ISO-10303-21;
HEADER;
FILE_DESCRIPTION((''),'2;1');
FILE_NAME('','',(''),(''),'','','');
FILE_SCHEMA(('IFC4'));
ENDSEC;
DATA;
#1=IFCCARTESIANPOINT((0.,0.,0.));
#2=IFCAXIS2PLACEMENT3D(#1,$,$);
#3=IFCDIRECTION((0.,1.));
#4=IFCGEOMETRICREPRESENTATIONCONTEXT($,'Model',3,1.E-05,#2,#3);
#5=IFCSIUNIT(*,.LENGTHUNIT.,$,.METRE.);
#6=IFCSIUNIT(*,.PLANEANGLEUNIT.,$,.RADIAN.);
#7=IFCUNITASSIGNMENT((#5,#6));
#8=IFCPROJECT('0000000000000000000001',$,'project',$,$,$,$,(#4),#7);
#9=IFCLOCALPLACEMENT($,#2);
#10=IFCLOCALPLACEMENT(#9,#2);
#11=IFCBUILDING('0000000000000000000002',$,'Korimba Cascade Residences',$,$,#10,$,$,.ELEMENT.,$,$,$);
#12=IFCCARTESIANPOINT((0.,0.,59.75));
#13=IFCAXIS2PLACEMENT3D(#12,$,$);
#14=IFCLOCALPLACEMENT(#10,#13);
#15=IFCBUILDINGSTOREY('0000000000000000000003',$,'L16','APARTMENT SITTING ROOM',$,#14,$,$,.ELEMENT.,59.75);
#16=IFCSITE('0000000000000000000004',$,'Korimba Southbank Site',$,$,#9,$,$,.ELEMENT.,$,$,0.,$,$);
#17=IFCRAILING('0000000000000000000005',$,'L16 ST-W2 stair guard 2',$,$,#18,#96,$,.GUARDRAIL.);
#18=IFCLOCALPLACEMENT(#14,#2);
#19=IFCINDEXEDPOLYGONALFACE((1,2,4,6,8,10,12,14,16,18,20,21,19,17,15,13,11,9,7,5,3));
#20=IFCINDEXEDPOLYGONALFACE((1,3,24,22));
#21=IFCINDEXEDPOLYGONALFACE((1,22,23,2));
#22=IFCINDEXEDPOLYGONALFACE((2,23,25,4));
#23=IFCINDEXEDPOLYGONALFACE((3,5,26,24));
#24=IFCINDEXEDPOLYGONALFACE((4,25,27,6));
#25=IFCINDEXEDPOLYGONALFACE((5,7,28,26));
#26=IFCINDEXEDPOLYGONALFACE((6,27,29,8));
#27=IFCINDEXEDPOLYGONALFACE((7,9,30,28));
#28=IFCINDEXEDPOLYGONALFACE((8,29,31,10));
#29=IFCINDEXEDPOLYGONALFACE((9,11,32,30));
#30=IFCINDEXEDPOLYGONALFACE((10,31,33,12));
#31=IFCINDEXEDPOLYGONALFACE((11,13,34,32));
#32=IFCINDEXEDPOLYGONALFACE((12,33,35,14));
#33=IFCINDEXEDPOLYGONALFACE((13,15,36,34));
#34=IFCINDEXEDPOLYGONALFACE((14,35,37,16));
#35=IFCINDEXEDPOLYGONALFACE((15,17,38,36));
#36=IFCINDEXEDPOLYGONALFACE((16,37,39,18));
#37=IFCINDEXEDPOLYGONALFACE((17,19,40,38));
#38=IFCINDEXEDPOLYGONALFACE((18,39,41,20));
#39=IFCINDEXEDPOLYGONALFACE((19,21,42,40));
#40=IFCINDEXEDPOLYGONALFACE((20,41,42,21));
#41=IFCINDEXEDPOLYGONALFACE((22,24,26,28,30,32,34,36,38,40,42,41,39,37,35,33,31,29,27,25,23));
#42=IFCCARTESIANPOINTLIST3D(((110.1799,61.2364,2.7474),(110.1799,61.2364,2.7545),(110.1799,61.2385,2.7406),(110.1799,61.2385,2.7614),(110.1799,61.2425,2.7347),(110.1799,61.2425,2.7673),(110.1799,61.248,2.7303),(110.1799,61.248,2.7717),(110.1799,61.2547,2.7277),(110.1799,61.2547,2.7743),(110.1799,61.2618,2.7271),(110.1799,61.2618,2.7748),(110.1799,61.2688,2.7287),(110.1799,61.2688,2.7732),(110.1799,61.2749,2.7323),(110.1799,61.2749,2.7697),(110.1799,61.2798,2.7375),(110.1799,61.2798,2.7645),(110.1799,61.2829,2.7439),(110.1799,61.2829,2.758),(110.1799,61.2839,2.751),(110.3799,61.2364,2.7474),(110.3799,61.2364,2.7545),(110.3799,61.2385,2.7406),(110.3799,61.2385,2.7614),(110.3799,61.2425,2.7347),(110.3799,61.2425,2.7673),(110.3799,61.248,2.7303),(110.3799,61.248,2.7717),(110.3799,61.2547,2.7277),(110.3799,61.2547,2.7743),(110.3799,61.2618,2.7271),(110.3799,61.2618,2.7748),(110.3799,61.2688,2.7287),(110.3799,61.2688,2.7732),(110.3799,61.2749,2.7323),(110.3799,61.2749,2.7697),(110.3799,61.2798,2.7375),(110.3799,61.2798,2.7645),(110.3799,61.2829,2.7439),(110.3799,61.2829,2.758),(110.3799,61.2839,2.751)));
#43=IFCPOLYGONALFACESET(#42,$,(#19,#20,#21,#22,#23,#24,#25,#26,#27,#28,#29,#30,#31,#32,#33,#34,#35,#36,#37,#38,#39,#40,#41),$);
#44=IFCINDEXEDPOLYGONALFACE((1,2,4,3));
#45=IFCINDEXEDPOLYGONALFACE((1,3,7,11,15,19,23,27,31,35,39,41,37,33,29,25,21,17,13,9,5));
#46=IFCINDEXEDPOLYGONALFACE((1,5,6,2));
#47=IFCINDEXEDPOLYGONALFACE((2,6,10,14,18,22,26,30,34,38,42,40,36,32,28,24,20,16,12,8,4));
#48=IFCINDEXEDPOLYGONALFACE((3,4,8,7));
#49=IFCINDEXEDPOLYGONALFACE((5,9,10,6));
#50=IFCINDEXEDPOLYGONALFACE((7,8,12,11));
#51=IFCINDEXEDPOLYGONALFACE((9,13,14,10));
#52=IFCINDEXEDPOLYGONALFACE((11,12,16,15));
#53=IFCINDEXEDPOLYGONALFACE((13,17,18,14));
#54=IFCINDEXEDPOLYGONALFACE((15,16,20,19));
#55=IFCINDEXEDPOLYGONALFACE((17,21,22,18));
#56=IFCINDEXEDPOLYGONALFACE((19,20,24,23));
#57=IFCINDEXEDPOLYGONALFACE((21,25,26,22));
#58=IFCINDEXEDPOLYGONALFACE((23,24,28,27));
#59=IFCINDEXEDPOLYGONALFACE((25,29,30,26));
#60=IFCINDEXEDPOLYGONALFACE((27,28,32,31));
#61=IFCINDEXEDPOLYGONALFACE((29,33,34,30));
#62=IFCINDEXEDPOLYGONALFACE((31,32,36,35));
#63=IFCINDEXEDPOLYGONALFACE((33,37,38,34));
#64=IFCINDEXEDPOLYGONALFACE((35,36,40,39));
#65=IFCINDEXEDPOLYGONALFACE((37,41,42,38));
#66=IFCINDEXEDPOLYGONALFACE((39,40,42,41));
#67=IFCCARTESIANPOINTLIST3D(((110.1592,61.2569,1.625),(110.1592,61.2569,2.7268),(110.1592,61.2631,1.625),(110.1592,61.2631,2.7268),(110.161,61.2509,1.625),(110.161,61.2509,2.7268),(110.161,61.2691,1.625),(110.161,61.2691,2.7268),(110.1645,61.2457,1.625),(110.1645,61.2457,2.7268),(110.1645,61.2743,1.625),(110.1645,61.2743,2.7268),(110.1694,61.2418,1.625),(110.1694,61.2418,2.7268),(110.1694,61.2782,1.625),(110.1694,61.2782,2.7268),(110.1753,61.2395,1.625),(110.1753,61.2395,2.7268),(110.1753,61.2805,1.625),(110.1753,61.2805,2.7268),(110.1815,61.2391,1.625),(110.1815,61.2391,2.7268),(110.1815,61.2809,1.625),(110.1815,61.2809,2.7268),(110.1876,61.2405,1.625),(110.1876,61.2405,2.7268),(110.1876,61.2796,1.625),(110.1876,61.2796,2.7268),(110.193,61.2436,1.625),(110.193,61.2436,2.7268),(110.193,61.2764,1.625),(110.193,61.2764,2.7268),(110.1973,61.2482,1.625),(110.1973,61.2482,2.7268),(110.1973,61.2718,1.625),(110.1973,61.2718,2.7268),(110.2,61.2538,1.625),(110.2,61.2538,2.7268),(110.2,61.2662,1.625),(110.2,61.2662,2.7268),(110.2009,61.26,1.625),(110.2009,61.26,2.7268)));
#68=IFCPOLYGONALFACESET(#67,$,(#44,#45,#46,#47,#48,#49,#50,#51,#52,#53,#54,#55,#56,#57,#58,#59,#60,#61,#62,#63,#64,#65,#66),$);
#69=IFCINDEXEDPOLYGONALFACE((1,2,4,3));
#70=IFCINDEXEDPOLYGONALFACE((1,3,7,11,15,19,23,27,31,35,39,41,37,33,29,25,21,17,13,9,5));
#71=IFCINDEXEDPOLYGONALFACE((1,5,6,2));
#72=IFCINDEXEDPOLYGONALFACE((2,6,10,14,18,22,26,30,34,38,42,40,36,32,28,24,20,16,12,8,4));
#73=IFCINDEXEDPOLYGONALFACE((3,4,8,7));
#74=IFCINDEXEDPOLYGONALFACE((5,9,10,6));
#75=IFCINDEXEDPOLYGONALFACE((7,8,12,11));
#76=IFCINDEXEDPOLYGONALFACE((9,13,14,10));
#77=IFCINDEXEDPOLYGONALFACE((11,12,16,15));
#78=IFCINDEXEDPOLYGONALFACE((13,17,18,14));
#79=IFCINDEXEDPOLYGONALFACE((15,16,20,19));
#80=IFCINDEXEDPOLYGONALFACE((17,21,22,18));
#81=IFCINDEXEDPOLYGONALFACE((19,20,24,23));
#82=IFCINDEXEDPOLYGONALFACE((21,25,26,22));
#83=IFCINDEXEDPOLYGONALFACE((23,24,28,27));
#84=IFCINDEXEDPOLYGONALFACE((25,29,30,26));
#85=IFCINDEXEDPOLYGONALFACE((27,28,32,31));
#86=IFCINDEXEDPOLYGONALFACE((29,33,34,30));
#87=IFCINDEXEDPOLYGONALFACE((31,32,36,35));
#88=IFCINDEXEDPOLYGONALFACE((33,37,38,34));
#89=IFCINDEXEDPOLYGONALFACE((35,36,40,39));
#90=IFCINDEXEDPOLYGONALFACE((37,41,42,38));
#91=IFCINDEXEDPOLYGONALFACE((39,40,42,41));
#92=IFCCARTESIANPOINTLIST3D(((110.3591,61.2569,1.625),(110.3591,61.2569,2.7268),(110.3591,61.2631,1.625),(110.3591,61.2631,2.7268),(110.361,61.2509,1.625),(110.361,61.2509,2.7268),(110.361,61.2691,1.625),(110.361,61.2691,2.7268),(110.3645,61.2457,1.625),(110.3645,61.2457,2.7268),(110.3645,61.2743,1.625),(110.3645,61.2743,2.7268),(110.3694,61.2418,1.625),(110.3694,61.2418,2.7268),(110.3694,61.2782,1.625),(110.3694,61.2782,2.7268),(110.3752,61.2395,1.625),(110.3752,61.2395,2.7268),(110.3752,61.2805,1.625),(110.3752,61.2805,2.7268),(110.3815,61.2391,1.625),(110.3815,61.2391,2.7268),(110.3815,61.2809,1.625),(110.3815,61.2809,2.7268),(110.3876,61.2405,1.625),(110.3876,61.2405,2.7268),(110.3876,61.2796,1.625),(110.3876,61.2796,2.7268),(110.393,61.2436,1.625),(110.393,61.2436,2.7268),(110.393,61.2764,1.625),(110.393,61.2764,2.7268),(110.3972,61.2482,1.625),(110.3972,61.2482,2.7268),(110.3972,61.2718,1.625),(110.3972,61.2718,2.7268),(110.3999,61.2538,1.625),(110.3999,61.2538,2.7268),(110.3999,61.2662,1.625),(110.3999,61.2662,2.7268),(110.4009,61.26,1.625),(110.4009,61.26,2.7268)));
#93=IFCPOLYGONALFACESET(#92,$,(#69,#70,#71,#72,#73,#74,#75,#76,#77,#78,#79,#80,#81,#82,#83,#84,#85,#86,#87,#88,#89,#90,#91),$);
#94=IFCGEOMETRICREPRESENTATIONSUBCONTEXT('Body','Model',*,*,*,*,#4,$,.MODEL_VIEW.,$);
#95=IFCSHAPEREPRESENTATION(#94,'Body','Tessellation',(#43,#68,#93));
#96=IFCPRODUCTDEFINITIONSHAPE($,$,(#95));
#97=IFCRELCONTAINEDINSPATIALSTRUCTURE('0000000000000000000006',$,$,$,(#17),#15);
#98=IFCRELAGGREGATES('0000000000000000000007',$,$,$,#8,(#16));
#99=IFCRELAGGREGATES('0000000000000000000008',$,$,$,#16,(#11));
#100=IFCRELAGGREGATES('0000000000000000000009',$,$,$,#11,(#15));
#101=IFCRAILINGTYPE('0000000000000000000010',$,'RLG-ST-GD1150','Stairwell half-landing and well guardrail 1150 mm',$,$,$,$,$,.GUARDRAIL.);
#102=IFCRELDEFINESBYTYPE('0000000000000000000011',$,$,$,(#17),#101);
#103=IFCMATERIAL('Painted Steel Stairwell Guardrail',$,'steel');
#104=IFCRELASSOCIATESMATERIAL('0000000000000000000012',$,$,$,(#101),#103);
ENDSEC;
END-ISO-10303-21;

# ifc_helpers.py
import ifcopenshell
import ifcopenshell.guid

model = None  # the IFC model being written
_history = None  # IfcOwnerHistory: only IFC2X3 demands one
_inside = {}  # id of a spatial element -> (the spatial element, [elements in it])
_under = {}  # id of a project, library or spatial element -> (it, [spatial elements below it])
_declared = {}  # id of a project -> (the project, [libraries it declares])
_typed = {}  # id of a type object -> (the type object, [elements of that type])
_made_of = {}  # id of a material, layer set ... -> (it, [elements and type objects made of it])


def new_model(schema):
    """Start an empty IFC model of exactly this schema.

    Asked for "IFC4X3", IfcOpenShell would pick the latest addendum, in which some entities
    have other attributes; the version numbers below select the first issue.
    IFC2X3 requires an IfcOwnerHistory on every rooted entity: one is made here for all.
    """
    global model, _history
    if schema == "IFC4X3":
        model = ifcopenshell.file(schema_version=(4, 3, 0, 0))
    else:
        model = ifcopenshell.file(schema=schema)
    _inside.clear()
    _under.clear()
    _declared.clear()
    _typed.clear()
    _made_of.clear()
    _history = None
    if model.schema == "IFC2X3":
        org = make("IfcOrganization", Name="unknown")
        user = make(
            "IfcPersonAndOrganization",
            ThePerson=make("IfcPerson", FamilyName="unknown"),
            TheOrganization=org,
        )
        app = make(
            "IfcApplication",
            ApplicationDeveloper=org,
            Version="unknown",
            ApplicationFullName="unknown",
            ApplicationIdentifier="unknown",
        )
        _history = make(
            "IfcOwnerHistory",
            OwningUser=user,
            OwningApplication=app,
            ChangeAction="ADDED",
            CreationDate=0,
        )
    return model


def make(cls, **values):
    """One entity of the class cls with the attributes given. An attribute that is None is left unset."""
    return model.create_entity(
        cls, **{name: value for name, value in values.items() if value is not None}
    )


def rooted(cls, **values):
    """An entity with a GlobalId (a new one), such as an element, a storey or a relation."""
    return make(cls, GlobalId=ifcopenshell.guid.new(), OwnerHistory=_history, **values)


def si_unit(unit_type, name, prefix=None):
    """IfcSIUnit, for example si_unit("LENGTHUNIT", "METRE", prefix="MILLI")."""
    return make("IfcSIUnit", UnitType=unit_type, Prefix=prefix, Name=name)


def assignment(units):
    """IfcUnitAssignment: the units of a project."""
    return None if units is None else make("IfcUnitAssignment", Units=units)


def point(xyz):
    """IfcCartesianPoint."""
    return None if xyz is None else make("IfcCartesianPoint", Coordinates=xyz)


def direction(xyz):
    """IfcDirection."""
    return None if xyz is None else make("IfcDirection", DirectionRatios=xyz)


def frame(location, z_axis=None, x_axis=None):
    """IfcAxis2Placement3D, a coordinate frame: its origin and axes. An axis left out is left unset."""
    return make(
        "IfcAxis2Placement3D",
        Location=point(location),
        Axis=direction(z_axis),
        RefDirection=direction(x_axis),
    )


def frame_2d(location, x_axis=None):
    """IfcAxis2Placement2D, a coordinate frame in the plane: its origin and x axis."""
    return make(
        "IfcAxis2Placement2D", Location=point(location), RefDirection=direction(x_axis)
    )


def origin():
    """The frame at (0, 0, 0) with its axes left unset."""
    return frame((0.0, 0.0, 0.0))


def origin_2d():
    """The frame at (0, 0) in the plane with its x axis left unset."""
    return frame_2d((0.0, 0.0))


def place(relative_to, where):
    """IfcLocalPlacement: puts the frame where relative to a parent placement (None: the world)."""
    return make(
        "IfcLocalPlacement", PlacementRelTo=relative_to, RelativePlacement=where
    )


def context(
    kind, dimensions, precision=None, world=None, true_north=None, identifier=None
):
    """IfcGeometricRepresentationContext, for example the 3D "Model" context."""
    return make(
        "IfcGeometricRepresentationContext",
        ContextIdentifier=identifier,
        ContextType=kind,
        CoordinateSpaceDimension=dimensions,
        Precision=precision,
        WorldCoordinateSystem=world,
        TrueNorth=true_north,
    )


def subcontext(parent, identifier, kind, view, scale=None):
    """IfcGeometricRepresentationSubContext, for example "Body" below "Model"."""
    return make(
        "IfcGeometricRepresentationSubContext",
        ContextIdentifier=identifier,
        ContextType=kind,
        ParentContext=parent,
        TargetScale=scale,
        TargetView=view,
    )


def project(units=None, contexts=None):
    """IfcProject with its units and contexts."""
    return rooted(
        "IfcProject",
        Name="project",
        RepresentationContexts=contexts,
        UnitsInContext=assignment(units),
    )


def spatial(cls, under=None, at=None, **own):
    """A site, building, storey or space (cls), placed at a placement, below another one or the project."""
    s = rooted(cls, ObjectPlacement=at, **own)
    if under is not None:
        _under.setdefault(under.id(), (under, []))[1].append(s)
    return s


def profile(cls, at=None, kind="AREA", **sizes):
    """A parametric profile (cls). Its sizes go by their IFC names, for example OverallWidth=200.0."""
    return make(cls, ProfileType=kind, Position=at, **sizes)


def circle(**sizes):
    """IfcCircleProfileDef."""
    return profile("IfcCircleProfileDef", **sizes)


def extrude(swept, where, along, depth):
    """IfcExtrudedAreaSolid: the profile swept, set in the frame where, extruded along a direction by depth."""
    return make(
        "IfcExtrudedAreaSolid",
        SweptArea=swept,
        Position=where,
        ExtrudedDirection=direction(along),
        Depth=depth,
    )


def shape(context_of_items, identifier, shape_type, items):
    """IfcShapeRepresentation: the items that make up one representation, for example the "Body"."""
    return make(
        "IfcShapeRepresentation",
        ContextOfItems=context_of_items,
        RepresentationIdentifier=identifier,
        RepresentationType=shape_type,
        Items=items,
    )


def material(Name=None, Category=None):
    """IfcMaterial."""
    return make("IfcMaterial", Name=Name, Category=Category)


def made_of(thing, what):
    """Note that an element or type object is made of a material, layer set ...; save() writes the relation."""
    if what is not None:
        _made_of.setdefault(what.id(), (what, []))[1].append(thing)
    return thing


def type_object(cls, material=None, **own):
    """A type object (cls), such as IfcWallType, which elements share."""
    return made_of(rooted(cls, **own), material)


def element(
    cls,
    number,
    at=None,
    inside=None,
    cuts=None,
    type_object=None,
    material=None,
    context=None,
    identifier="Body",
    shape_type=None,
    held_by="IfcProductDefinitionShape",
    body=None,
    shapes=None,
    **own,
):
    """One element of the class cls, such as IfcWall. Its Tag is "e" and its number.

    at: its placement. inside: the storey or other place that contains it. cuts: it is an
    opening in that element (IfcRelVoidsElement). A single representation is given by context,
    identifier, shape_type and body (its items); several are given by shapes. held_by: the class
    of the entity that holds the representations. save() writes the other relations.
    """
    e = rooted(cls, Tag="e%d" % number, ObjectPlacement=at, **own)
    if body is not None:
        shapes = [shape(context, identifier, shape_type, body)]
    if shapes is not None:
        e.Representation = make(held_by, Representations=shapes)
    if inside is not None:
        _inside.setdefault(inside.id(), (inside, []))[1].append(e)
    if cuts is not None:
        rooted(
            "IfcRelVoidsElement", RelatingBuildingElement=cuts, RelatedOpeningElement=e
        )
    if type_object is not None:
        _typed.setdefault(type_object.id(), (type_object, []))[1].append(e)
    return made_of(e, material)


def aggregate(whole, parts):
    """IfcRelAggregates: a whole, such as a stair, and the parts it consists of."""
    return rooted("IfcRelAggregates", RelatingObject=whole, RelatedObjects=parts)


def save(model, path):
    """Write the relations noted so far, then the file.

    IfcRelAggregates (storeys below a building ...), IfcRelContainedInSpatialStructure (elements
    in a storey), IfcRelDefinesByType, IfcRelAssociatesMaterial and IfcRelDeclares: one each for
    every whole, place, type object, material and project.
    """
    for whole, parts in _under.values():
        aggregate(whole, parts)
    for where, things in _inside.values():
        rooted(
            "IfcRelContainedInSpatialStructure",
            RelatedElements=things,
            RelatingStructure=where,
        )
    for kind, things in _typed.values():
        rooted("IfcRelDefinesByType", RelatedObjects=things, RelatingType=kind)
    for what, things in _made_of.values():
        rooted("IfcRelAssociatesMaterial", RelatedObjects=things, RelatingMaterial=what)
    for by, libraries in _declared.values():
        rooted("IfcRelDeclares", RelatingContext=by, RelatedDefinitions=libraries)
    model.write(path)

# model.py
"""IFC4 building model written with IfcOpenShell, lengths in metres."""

from ifc_helpers import new_model, si_unit, direction, frame, origin, origin_2d, place, context, subcontext, project, spatial, circle, extrude, material, type_object, element, save


model = new_model("IFC4")

# Units and contexts
model_context = context("Model", 3, precision=1e-05, world=origin(), true_north=direction((0.0, 1.0)))
body_context = subcontext(model_context, "Body", "Model", "MODEL_VIEW")
ifc_project = project(units=[si_unit("LENGTHUNIT", "METRE"), si_unit("PLANEANGLEUNIT", "RADIAN")], contexts=[model_context])

# Site, building, storey
site_placement = place(None, origin())
site = spatial("IfcSite", under=ifc_project, at=site_placement, Name="Korimba Southbank Site", CompositionType="ELEMENT", RefElevation=0.0)
building_placement = place(site_placement, origin())
building = spatial("IfcBuilding", under=site, at=building_placement, Name="Korimba Cascade Residences", CompositionType="ELEMENT")
storey_placement = place(building_placement, frame((0.0, 0.0, 59.75)))
storey = spatial("IfcBuildingStorey", under=building, at=storey_placement, Name="L16", Description="APARTMENT SITTING ROOM", CompositionType="ELEMENT", Elevation=59.75)

# Railing
ifc_material_1 = material(Name="Painted Steel Stairwell Guardrail", Category="steel")
railing_type_1 = type_object("IfcRailingType", Name="RLG-ST-GD1150", Description="Stairwell half-landing and well guardrail 1150 mm", PredefinedType="GUARDRAIL", material=ifc_material_1)
railing_1_placement = place(storey_placement, frame((110.1799, 61.26, 1.625)))
element("IfcRailing", 1, at=railing_1_placement, inside=storey, type_object=railing_type_1, Name="L16 ST-W2 stair guard 2", PredefinedType="GUARDRAIL", context=body_context, shape_type="SweptSolid", body=[
    extrude(circle(Radius=0.0239, at=origin_2d()), frame((0.0, 0.0, 1.126), z_axis=(1.0, 0.0, 0.0), x_axis=(0.0, 1.0, 0.0)), (0.0, 0.0, 1.0), 0.2),
    extrude(circle(Radius=0.021, at=origin_2d()), origin(), (0.0, 0.0, 1.0), 1.1018),
    extrude(circle(Radius=0.021, at=origin_2d()), frame((0.2, 0.0, 0.0)), (0.0, 0.0, 1.0), 1.1018),
])

save(model, "model.ifc")
